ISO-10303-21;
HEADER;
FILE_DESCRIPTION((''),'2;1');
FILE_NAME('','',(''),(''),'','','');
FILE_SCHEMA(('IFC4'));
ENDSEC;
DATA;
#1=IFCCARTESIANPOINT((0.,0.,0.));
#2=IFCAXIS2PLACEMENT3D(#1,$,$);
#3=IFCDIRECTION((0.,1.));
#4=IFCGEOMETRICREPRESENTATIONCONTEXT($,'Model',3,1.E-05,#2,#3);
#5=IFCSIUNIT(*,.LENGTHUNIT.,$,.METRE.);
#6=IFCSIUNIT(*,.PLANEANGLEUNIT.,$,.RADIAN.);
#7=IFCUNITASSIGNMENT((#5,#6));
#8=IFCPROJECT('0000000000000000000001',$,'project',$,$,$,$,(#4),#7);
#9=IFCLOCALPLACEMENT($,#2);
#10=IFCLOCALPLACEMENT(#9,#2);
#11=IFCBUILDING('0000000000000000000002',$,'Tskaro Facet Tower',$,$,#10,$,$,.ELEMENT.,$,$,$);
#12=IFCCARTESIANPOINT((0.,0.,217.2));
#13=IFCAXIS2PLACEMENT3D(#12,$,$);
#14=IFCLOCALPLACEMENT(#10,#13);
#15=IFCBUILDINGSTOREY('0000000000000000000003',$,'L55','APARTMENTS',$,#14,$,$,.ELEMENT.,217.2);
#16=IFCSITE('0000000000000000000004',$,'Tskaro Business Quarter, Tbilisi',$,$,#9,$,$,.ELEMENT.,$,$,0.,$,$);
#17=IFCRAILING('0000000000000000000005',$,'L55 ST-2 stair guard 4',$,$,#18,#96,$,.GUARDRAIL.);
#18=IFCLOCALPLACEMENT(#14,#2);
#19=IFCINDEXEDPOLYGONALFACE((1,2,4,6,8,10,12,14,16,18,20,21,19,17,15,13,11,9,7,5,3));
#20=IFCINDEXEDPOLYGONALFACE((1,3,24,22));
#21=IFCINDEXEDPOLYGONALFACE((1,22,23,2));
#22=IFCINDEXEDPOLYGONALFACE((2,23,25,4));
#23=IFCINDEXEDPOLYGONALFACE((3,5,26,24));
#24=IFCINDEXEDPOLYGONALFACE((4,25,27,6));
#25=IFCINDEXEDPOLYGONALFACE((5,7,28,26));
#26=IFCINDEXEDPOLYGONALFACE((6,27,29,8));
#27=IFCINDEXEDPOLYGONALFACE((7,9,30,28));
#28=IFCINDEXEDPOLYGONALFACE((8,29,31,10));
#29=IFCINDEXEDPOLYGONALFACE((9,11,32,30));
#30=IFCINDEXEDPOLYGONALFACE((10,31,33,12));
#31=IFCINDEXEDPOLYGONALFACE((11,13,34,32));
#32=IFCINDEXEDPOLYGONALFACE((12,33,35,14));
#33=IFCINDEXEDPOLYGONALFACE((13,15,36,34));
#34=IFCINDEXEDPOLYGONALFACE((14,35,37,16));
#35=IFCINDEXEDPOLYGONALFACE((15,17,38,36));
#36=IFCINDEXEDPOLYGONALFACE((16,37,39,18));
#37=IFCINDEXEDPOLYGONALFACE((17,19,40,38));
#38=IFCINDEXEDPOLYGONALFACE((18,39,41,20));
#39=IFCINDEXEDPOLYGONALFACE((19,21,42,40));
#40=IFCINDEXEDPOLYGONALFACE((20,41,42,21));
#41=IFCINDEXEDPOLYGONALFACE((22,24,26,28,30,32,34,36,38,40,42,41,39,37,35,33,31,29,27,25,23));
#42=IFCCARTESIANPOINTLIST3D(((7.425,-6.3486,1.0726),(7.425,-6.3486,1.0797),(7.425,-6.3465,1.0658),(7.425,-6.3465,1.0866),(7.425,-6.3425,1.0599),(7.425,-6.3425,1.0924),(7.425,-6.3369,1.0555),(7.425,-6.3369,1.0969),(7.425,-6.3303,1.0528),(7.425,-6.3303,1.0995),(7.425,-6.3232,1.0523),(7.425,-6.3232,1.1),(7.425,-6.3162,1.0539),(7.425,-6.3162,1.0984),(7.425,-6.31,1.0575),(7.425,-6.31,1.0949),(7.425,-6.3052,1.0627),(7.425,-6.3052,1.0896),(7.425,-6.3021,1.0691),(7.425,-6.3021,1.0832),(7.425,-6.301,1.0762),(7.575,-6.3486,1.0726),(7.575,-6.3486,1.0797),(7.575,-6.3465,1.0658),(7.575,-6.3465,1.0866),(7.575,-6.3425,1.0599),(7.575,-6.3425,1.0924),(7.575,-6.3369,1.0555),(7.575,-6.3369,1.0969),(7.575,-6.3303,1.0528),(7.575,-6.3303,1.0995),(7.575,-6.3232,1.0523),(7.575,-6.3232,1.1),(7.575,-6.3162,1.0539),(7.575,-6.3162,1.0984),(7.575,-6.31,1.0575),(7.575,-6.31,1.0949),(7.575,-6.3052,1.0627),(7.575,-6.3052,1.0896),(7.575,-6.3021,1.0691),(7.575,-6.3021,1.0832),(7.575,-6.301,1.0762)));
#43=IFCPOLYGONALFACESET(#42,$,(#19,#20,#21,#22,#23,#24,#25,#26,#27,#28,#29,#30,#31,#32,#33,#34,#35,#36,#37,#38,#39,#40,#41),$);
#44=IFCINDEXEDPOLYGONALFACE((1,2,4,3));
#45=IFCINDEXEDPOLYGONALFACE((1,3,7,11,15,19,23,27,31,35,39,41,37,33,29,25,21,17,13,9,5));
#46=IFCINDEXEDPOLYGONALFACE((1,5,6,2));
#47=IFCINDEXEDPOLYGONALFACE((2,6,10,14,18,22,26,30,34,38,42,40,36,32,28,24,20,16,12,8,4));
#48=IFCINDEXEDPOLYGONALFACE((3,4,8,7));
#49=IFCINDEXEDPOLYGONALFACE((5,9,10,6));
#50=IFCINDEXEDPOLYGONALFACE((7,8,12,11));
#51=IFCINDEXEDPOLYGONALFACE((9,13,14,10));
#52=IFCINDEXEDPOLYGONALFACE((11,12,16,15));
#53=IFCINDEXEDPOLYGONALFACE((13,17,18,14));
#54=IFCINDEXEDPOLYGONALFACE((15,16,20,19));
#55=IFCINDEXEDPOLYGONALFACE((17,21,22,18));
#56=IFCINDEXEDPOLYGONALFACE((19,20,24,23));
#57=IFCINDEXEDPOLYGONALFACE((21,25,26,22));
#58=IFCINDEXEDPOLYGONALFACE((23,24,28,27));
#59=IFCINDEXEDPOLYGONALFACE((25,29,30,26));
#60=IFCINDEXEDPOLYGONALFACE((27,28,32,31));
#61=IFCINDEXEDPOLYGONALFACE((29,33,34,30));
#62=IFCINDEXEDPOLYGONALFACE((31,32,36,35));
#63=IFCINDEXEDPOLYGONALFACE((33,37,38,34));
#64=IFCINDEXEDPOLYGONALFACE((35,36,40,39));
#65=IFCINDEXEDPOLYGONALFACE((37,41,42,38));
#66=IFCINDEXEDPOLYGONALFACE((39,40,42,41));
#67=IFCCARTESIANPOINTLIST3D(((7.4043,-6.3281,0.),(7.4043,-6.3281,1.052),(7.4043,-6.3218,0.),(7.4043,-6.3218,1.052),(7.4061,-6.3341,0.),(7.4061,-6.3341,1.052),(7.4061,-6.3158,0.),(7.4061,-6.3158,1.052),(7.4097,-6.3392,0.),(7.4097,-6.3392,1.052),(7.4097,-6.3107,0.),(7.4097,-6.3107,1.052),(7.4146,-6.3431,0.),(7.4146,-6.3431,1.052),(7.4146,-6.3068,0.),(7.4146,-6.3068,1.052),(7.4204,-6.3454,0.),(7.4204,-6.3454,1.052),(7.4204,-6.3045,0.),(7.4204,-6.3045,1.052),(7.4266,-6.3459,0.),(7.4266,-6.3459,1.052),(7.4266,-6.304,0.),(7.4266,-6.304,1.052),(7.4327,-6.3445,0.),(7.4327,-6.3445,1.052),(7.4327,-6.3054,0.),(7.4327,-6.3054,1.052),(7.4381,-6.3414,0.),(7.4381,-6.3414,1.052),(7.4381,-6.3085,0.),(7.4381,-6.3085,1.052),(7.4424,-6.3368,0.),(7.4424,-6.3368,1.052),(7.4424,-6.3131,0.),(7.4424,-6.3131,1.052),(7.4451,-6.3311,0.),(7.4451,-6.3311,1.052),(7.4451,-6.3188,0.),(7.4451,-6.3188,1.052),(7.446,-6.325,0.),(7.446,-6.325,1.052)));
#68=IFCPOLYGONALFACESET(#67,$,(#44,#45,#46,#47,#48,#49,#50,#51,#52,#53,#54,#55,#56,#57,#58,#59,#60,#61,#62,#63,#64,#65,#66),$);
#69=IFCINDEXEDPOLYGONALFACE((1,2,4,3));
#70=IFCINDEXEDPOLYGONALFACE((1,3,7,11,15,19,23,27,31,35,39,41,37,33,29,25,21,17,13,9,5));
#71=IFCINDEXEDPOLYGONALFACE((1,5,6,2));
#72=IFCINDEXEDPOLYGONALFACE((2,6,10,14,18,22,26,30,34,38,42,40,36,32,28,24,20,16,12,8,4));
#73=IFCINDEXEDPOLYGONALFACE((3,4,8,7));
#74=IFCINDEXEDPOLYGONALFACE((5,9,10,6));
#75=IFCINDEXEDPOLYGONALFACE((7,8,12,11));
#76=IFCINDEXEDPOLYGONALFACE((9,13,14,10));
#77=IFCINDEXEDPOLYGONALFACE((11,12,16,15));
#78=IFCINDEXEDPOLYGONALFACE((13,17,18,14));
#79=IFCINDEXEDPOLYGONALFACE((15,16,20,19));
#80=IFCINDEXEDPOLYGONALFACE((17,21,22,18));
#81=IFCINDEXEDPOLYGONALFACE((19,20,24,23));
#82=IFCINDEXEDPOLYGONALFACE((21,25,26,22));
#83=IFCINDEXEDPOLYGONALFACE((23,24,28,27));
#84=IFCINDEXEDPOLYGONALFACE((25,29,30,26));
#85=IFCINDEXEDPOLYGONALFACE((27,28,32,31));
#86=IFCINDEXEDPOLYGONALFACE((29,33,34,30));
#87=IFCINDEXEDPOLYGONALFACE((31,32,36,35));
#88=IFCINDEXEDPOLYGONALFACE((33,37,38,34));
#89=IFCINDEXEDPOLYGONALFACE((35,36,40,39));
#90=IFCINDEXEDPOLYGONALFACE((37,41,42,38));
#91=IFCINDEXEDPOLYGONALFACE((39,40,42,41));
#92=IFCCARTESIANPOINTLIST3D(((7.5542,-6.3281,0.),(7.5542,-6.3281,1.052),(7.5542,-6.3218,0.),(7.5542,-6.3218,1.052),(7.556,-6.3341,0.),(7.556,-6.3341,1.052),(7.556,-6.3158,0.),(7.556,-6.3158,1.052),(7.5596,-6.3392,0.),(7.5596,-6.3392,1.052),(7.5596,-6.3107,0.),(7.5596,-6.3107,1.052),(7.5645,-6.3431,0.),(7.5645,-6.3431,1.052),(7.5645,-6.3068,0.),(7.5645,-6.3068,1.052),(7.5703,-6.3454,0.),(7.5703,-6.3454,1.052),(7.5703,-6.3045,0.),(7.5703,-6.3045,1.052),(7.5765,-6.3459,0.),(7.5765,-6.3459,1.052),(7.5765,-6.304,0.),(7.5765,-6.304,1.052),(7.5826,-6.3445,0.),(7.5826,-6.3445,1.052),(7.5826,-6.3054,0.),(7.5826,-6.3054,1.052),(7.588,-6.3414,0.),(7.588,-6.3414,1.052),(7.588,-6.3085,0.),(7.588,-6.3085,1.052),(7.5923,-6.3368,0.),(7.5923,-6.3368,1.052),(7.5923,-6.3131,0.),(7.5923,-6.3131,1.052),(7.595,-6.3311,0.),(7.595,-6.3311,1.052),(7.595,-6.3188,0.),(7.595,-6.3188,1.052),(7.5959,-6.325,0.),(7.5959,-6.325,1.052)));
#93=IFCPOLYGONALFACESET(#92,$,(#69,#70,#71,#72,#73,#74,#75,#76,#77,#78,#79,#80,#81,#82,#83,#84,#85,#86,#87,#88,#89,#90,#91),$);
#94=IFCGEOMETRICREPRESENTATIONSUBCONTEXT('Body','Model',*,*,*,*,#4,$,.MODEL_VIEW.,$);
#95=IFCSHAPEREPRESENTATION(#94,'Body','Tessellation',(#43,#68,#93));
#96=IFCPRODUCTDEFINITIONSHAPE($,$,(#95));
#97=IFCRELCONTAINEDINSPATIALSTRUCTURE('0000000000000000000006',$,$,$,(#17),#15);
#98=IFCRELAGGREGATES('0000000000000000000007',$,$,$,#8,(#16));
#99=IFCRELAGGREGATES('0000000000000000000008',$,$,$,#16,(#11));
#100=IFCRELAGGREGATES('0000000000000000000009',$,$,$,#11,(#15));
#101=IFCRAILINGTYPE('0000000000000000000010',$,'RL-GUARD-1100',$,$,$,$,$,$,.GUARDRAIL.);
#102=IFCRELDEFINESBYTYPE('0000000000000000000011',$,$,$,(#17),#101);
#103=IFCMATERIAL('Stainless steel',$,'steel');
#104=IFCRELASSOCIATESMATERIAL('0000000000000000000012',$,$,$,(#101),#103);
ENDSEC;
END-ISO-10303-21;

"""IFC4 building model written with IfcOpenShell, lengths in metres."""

from ifc_helpers import new_model, si_unit, direction, frame, origin, origin_2d, place, context, subcontext, project, spatial, circle, extrude, material, type_object, element, save


model = new_model("IFC4")

# Units and contexts
model_context = context("Model", 3, precision=1e-05, world=origin(), true_north=direction((0.0, 1.0)))
body_context = subcontext(model_context, "Body", "Model", "MODEL_VIEW")
ifc_project = project(units=[si_unit("LENGTHUNIT", "METRE"), si_unit("PLANEANGLEUNIT", "RADIAN")], contexts=[model_context])

# Site, building, storey
site_placement = place(None, origin())
site = spatial("IfcSite", under=ifc_project, at=site_placement, Name="Tskaro Business Quarter, Tbilisi", CompositionType="ELEMENT", RefElevation=0.0)
building_placement = place(site_placement, origin())
building = spatial("IfcBuilding", under=site, at=building_placement, Name="Tskaro Facet Tower", CompositionType="ELEMENT")
storey_placement = place(building_placement, frame((0.0, 0.0, 217.2)))
storey = spatial("IfcBuildingStorey", under=building, at=storey_placement, Name="L55", Description="APARTMENTS", CompositionType="ELEMENT", Elevation=217.2)

# Shared definitions
ifc_material_1 = material(Name="Stainless steel", Category="steel")

# Railing
railing_type = type_object("IfcRailingType", Name="RL-GUARD-1100", PredefinedType="GUARDRAIL", material=ifc_material_1)
railing_1_placement = place(storey_placement, frame((7.425, -6.325, 0.0)))
element("IfcRailing", 1, at=railing_1_placement, inside=storey, type_object=railing_type, Name="L55 ST-2 stair guard 4", PredefinedType="GUARDRAIL", context=body_context, shape_type="SweptSolid", body=[
    extrude(circle(Radius=0.0239, at=origin_2d()), frame((0.0, 0.0, 1.0762), z_axis=(1.0, 0.0, 0.0), x_axis=(0.0, 1.0, 0.0)), (0.0, 0.0, 1.0), 0.1499),
    extrude(circle(Radius=0.021, at=origin_2d()), origin(), (0.0, 0.0, 1.0), 1.052),
    extrude(circle(Radius=0.021, at=origin_2d()), frame((0.1499, 0.0, 0.0)), (0.0, 0.0, 1.0), 1.052),
])

save(model, "model.ifc")
